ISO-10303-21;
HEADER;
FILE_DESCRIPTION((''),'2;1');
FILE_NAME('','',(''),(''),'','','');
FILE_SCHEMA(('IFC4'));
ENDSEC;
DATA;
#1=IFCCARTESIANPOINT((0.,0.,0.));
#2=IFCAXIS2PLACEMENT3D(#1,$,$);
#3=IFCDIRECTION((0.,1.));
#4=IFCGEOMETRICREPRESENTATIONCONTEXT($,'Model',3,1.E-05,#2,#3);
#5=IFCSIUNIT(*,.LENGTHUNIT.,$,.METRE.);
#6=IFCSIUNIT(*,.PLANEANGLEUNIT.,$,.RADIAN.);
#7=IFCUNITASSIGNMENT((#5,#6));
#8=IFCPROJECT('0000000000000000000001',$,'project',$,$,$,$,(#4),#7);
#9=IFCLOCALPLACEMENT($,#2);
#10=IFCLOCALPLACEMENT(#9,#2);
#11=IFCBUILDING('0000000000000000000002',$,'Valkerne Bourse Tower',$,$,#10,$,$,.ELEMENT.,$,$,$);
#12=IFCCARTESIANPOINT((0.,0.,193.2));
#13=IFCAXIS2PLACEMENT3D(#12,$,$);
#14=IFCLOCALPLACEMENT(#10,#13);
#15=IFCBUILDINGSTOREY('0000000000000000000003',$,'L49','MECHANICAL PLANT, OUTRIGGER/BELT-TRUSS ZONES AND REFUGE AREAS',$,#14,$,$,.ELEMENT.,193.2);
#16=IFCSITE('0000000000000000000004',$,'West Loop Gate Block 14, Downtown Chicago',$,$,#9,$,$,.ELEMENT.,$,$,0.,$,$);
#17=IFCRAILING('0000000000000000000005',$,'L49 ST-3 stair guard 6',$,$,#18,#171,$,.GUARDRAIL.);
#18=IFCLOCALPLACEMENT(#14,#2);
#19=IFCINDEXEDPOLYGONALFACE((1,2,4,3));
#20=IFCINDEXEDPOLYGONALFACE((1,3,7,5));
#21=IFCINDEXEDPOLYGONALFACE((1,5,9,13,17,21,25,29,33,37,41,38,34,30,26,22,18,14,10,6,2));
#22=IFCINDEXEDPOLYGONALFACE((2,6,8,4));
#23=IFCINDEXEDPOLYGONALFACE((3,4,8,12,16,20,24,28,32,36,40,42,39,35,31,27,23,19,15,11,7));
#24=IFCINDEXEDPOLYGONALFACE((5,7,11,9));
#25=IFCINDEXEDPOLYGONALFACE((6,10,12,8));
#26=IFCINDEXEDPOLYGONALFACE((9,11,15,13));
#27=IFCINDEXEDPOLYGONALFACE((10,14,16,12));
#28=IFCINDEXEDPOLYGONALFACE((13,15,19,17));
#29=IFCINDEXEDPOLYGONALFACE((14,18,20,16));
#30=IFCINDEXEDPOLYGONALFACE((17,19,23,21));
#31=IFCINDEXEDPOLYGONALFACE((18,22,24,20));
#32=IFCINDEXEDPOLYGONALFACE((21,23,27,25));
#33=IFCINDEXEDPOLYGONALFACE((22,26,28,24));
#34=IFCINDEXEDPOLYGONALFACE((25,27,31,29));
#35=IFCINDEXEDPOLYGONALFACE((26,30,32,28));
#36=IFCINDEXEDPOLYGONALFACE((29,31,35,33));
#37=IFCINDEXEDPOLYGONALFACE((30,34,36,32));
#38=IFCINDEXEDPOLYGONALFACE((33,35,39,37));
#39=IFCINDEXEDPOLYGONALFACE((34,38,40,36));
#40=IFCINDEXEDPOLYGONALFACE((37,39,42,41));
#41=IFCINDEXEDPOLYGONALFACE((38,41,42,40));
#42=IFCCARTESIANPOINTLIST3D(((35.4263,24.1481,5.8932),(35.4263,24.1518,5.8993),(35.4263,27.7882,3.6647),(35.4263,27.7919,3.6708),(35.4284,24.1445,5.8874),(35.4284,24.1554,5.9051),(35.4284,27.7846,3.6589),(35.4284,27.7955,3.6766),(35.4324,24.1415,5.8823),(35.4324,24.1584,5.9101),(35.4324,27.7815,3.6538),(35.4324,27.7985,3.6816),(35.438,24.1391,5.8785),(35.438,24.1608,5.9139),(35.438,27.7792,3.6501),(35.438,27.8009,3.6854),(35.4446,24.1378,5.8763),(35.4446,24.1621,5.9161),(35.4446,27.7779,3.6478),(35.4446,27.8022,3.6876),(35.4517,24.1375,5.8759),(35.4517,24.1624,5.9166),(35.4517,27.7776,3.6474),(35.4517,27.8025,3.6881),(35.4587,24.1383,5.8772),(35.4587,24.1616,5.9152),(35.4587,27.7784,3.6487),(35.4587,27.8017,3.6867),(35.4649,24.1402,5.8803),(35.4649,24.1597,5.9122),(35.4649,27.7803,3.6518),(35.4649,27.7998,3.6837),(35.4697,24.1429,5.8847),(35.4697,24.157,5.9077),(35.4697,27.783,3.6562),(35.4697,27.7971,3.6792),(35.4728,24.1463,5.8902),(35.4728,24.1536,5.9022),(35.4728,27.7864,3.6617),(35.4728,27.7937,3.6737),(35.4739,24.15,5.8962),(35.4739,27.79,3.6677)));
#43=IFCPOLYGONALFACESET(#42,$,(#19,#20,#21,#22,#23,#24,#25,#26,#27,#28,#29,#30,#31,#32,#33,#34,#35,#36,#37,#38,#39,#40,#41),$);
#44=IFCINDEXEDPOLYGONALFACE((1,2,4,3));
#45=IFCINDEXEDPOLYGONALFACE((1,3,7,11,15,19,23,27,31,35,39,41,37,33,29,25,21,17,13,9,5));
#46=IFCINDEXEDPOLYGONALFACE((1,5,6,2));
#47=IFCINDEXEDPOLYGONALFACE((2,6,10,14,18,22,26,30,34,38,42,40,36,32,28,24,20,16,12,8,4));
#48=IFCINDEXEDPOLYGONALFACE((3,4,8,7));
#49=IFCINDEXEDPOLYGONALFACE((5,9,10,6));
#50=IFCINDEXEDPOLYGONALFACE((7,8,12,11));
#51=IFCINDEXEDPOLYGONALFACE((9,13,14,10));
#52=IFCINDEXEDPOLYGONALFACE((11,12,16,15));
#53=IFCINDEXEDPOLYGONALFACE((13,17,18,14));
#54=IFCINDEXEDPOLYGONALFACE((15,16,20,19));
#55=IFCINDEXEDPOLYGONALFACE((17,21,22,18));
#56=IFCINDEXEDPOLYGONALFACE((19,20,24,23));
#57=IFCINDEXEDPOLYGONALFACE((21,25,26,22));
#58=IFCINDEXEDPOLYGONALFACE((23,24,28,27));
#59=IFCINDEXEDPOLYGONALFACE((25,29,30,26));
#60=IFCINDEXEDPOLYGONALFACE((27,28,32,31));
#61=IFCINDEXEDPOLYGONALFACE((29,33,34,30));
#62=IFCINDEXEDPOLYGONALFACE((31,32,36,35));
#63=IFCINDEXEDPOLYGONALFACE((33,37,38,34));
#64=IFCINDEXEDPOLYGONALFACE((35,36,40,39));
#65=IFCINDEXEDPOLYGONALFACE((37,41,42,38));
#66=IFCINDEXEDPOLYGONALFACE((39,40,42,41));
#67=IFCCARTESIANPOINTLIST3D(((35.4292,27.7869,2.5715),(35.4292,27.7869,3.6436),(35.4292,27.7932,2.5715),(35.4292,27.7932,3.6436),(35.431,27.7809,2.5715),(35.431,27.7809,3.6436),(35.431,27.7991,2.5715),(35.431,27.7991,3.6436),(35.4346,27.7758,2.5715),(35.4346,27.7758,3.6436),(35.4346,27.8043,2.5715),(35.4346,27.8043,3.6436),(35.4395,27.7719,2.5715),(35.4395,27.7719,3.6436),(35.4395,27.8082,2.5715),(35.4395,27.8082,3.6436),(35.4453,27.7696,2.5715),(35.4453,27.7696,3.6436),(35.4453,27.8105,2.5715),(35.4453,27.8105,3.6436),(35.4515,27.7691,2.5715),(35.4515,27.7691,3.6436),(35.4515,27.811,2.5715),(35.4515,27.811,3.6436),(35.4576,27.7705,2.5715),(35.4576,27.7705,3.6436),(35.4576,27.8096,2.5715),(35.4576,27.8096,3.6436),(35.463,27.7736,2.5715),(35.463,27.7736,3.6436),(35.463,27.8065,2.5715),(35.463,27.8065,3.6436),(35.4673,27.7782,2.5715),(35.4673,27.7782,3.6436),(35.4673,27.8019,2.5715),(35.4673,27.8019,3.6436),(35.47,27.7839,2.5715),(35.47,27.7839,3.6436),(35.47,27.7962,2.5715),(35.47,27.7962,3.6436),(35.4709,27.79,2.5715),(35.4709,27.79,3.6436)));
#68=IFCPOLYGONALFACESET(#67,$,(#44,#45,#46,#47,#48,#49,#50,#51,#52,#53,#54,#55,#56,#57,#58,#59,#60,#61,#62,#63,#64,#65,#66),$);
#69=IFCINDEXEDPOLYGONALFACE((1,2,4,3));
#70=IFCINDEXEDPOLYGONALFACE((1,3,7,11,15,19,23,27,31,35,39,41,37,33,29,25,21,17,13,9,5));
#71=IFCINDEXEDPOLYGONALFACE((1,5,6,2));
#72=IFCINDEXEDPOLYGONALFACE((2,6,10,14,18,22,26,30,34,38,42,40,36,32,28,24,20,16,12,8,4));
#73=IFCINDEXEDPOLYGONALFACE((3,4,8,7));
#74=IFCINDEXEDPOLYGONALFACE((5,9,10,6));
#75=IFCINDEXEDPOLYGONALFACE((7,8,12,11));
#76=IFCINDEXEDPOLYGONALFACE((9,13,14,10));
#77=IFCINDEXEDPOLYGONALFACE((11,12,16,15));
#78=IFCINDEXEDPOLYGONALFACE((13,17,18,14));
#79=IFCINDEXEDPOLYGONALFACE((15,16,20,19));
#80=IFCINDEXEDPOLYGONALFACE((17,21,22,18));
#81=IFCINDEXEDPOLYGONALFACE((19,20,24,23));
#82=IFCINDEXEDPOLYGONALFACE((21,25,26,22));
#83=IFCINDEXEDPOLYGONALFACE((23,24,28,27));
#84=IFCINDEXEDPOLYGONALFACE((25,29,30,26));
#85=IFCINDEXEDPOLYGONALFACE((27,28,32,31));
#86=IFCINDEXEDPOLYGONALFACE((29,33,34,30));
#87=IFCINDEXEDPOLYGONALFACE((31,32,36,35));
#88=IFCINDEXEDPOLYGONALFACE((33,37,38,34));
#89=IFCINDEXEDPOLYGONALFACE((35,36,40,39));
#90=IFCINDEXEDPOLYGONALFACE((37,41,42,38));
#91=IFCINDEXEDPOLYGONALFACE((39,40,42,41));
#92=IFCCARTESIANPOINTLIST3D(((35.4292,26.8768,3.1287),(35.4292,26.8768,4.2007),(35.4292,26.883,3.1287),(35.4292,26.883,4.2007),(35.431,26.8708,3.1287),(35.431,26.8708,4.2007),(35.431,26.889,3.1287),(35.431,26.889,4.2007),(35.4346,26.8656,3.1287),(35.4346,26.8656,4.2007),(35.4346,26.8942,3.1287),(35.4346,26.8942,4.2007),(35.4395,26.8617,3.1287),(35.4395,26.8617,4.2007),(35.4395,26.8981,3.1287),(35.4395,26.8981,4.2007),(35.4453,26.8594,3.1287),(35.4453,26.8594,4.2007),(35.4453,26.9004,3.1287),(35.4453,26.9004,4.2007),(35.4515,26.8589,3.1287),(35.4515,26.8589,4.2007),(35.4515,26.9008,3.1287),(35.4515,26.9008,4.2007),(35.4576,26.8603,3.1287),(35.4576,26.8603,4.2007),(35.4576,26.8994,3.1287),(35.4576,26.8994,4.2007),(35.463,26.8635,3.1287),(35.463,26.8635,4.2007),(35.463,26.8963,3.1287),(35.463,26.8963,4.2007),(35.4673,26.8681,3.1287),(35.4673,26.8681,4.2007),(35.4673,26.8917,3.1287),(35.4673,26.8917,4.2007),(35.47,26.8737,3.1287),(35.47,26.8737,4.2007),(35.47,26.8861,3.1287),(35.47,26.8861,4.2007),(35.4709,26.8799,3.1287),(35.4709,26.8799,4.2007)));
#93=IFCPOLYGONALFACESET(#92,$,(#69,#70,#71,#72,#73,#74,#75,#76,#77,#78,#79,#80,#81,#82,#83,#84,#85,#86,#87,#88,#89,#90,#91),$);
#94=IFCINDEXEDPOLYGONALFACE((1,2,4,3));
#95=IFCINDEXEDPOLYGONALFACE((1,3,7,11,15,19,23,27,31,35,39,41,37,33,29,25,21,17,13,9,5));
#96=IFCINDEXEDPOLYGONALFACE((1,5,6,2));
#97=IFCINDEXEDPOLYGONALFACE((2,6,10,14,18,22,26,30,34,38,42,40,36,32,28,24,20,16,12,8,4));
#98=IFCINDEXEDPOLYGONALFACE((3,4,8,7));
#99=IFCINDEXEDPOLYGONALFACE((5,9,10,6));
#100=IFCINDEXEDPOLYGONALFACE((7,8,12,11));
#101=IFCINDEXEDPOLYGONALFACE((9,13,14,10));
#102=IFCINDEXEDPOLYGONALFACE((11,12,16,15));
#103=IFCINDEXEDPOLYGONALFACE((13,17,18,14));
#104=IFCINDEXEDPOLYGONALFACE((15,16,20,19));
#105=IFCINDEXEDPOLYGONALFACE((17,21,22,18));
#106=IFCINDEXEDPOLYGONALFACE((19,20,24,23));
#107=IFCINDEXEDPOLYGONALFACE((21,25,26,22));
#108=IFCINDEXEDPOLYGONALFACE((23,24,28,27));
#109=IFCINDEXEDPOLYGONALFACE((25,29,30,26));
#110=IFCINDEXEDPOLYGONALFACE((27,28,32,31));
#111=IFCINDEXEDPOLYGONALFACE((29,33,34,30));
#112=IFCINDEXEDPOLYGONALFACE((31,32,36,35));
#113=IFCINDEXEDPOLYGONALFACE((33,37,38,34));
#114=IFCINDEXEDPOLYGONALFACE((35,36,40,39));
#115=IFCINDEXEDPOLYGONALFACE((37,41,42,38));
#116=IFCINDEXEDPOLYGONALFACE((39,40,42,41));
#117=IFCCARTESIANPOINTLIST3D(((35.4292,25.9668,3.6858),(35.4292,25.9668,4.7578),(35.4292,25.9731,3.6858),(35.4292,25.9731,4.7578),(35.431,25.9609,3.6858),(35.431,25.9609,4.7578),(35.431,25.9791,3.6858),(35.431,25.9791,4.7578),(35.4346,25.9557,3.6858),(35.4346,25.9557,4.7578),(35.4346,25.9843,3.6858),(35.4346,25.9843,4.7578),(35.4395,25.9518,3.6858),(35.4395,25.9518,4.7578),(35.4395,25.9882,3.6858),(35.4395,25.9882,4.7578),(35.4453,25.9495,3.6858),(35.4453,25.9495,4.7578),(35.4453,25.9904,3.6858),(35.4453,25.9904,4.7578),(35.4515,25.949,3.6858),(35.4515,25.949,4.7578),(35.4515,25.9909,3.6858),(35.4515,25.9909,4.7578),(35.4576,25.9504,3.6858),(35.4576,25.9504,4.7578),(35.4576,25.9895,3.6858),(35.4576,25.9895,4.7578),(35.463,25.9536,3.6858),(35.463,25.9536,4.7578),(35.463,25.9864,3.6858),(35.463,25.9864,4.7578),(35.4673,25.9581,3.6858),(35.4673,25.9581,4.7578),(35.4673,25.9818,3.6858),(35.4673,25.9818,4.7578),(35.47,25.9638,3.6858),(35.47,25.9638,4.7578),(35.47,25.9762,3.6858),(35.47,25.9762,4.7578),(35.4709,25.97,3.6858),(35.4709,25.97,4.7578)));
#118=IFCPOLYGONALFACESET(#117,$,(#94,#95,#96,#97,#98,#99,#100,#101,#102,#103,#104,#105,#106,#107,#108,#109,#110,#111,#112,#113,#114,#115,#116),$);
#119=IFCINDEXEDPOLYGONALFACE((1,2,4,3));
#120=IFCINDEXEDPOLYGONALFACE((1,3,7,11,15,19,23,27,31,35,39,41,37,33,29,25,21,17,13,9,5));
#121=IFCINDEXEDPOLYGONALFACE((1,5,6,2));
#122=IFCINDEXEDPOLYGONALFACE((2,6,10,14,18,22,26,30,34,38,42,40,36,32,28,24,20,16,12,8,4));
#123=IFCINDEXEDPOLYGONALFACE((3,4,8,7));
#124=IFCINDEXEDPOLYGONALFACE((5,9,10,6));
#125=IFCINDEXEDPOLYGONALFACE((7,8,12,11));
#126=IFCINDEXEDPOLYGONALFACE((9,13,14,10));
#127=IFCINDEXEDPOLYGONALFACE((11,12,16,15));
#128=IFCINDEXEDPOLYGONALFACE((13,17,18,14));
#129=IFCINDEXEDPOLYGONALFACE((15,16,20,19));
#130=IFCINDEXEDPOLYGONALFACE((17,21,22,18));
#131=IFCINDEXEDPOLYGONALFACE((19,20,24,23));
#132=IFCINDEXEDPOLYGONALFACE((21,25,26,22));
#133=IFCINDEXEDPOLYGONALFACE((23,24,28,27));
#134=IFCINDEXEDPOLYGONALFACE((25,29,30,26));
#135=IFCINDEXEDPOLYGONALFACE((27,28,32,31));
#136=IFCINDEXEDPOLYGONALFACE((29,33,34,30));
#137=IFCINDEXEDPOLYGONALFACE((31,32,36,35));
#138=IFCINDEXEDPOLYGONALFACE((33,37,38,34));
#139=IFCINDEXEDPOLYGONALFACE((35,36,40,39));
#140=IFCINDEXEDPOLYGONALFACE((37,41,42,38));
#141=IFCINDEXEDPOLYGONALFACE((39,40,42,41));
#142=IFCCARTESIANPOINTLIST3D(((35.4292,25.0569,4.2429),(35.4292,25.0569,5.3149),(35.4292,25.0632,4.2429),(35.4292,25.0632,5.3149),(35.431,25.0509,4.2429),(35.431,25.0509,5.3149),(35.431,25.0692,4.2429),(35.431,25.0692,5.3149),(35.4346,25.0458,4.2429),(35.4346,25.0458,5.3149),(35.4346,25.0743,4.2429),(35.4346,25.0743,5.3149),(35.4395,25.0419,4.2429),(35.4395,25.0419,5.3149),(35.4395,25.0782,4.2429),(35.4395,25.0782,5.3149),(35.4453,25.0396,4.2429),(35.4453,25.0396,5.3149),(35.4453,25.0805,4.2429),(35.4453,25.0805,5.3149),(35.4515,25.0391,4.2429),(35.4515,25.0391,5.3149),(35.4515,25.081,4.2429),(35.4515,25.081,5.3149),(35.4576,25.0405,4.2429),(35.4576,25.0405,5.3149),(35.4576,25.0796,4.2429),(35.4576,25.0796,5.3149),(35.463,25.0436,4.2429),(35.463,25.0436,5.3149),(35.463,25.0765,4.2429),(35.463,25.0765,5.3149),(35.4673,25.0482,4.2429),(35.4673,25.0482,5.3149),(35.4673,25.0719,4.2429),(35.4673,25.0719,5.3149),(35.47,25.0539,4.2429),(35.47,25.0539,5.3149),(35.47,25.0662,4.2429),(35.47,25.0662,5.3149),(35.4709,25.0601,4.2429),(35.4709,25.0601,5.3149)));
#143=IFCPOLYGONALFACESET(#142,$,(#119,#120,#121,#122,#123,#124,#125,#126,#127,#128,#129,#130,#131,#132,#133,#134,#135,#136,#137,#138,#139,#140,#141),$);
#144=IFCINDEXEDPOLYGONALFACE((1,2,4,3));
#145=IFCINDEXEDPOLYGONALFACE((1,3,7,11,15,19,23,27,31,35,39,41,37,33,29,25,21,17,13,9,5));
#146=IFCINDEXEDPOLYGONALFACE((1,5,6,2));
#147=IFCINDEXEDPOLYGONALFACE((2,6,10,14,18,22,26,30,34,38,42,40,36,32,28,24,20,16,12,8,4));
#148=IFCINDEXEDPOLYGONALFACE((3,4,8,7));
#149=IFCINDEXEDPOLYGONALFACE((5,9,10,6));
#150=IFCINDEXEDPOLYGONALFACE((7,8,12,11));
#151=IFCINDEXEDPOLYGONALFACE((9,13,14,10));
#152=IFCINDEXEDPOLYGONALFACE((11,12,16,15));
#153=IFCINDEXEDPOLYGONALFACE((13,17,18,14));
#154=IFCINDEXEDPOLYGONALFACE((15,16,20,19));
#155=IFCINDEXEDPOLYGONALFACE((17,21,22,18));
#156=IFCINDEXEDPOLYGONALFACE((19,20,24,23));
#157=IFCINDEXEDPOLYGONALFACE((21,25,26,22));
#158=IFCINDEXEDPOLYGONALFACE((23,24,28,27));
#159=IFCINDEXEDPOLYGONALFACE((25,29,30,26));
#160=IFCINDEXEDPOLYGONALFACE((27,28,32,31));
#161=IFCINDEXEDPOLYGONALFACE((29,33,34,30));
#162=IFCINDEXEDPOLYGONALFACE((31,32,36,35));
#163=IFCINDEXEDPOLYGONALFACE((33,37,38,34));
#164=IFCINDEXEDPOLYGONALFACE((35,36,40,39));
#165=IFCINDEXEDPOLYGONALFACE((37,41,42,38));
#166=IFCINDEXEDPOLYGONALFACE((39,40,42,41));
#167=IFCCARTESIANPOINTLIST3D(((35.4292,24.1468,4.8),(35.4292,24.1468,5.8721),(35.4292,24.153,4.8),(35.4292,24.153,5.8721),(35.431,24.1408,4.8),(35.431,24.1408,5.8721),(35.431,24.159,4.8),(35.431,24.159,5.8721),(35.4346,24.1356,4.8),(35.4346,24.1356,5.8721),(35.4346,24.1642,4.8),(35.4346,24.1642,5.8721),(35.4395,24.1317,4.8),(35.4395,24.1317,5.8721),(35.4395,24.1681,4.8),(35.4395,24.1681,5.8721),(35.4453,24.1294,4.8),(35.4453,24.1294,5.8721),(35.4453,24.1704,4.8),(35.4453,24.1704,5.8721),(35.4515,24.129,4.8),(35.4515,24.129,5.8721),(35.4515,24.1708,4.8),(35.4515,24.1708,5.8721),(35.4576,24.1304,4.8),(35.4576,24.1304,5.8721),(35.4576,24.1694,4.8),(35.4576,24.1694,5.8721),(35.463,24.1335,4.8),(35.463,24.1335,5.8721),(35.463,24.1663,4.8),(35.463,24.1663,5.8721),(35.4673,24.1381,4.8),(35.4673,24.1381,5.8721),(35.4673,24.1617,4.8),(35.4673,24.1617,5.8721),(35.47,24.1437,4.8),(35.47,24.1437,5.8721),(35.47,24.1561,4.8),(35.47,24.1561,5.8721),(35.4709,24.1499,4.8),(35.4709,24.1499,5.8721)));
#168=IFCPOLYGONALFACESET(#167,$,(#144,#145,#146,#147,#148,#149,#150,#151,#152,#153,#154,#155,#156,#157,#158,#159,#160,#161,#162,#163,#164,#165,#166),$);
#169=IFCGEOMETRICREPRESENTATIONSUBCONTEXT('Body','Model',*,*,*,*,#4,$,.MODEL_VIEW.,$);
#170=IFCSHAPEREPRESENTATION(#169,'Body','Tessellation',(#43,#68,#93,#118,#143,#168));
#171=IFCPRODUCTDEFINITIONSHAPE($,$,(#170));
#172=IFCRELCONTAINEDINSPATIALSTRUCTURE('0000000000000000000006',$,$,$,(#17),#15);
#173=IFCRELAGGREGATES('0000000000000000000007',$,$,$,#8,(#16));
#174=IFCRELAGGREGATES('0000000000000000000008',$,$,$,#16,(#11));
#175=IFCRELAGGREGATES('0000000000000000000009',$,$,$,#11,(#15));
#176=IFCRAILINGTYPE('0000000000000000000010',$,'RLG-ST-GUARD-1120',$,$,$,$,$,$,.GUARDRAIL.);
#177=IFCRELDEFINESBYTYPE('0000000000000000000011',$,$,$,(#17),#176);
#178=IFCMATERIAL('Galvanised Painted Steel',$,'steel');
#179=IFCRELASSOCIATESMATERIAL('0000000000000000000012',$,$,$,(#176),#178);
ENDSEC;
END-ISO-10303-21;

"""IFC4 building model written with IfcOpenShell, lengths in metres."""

from ifc_helpers import new_model, si_unit, direction, frame, origin, origin_2d, place, context, subcontext, project, spatial, circle, extrude, material, type_object, element, save


model = new_model("IFC4")

# Units and contexts
model_context = context("Model", 3, precision=1e-05, world=origin(), true_north=direction((0.0, 1.0)))
body_context = subcontext(model_context, "Body", "Model", "MODEL_VIEW")
ifc_project = project(units=[si_unit("LENGTHUNIT", "METRE"), si_unit("PLANEANGLEUNIT", "RADIAN")], contexts=[model_context])

# Site, building, storey
site_placement = place(None, origin())
site = spatial("IfcSite", under=ifc_project, at=site_placement, Name="West Loop Gate Block 14, Downtown Chicago", CompositionType="ELEMENT", RefElevation=0.0)
building_placement = place(site_placement, origin())
building = spatial("IfcBuilding", under=site, at=building_placement, Name="Valkerne Bourse Tower", CompositionType="ELEMENT")
storey_placement = place(building_placement, frame((0.0, 0.0, 193.2)))
storey = spatial("IfcBuildingStorey", under=building, at=storey_placement, Name="L49", Description="MECHANICAL PLANT, OUTRIGGER/BELT-TRUSS ZONES AND REFUGE AREAS", CompositionType="ELEMENT", Elevation=193.2)

# Railing
ifc_material_1 = material(Name="Galvanised Painted Steel", Category="steel")
railing_type_1 = type_object("IfcRailingType", Name="RLG-ST-GUARD-1120", PredefinedType="GUARDRAIL", material=ifc_material_1)
railing_1_placement = place(storey_placement, frame((35.45, 27.79, 2.5715)))
element("IfcRailing", 1, at=railing_1_placement, inside=storey, type_object=railing_type_1, Name="L49 ST-3 stair guard 6", PredefinedType="GUARDRAIL", context=body_context, shape_type="SweptSolid", body=[
    extrude(circle(Radius=0.0239, at=origin_2d()), frame((0.0, 0.0, 1.0962), z_axis=(0.0, -0.852866, 0.52213), x_axis=(1.0, 0.0, 0.0)), (0.0, 0.0, 1.0), 4.2681),
    extrude(circle(Radius=0.021, at=origin_2d()), origin(), (0.0, 0.0, 1.0), 1.072),
    extrude(circle(Radius=0.021, at=origin_2d()), frame((0.0, -0.9102, 0.5571)), (0.0, 0.0, 1.0), 1.072),
    extrude(circle(Radius=0.021, at=origin_2d()), frame((0.0, -1.8201, 1.1143)), (0.0, 0.0, 1.0), 1.072),
    extrude(circle(Radius=0.021, at=origin_2d()), frame((0.0, -2.73, 1.6714)), (0.0, 0.0, 1.0), 1.072),
    extrude(circle(Radius=0.021, at=origin_2d()), frame((0.0, -3.6401, 2.2285)), (0.0, 0.0, 1.0), 1.072),
])

save(model, "model.ifc")
